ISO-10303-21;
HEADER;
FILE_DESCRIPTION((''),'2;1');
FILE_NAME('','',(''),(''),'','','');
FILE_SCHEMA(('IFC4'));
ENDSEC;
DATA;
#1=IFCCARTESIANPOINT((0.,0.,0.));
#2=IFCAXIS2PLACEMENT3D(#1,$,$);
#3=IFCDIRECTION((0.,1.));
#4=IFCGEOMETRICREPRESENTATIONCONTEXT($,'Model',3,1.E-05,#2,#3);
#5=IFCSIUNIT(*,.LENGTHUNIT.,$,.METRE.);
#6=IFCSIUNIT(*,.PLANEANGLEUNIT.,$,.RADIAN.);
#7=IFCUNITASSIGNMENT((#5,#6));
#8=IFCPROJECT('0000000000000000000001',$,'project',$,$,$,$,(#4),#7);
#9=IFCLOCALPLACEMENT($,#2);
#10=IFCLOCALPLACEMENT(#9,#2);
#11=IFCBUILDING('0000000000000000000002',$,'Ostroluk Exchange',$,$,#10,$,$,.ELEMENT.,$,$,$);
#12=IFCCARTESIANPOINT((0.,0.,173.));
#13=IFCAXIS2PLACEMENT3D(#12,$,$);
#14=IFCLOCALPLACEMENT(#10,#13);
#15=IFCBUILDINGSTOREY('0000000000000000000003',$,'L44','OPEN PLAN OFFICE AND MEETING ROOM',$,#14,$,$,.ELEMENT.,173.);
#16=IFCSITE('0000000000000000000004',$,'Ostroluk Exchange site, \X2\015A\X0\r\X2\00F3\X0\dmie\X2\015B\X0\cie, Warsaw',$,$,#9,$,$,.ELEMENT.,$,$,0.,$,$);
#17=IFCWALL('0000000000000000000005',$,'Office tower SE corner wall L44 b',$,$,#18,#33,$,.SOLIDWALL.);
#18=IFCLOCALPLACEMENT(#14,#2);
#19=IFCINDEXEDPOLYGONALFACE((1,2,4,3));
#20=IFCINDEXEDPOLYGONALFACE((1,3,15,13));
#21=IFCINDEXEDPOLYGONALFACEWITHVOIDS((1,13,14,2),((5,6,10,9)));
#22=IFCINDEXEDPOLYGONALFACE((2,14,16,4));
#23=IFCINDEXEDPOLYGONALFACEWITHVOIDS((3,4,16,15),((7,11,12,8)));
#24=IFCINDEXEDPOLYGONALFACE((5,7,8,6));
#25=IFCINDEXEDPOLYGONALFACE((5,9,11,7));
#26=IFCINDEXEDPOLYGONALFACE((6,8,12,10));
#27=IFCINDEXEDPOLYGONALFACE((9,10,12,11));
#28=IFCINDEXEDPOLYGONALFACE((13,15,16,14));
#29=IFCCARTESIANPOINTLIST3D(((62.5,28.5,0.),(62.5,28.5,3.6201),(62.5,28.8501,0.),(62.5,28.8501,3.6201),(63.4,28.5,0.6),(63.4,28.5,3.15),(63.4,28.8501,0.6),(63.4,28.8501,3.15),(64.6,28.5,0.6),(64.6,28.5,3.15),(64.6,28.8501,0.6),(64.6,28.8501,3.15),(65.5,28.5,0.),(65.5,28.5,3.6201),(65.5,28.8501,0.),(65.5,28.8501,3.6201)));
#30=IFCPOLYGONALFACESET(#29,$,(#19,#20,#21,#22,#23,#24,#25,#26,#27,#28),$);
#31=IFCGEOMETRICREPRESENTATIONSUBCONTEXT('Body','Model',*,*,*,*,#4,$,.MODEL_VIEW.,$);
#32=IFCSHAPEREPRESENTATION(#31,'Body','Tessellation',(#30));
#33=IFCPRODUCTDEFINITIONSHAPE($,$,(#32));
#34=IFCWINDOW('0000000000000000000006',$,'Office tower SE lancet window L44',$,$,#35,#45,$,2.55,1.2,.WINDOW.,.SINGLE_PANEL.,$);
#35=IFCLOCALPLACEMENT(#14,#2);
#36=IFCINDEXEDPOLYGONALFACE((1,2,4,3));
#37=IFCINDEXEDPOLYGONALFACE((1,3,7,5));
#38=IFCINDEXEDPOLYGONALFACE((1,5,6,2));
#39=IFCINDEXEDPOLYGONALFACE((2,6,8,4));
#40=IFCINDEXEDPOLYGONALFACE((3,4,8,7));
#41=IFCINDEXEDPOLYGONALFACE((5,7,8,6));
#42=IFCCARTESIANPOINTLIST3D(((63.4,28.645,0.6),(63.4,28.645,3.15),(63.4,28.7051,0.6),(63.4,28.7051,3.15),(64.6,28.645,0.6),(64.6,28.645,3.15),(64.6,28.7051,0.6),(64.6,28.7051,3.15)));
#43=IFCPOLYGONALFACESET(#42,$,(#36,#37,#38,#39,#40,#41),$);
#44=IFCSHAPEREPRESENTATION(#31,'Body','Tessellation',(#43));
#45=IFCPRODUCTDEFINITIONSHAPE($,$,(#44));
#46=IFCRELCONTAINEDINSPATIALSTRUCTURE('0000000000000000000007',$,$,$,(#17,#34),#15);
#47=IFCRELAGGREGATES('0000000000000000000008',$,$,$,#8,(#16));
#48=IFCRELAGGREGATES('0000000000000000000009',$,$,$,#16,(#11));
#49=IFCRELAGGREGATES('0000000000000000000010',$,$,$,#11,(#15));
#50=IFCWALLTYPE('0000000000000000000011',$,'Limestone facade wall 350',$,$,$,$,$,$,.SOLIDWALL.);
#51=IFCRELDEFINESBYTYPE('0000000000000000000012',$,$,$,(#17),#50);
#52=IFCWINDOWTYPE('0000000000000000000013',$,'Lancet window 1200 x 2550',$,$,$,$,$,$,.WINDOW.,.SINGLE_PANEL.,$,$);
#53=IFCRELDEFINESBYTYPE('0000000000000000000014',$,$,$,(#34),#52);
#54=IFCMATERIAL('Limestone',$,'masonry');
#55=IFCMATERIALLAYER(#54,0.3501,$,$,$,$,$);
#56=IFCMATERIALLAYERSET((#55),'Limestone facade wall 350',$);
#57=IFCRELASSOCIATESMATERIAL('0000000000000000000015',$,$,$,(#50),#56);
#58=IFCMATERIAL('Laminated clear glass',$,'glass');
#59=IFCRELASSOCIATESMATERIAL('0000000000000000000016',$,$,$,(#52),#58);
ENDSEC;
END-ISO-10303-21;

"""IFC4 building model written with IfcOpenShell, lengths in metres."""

from ifc_helpers import new_model, si_unit, direction, frame, frame_2d, origin, place, context, subcontext, project, spatial, rectangle, extrude, material, layer, layer_set, type_object, element, fill, save


model = new_model("IFC4")

# Units and contexts
model_context = context("Model", 3, precision=1e-05, world=origin(), true_north=direction((0.0, 1.0)))
body_context = subcontext(model_context, "Body", "Model", "MODEL_VIEW")
ifc_project = project(units=[si_unit("LENGTHUNIT", "METRE"), si_unit("PLANEANGLEUNIT", "RADIAN")], contexts=[model_context])

# Site, building, storey
site_placement = place(None, origin())
site = spatial("IfcSite", under=ifc_project, at=site_placement, Name="Ostroluk Exchange site, Śródmieście, Warsaw", CompositionType="ELEMENT", RefElevation=0.0)
building_placement = place(site_placement, origin())
building = spatial("IfcBuilding", under=site, at=building_placement, Name="Ostroluk Exchange", CompositionType="ELEMENT")
storey_placement = place(building_placement, frame((0.0, 0.0, 173.0)))
storey = spatial("IfcBuildingStorey", under=building, at=storey_placement, Name="L44", Description="OPEN PLAN OFFICE AND MEETING ROOM", CompositionType="ELEMENT", Elevation=173.0)

# Shared definitions
ifc_material_1 = material(Name="Limestone", Category="masonry")
ifc_layer_1 = layer(ifc_material_1, 0.3501)
ifc_layer_set_1 = layer_set([ifc_layer_1], Name="Limestone facade wall 350")
wall_type = type_object("IfcWallType", Name="Limestone facade wall 350", PredefinedType="SOLIDWALL", material=ifc_layer_set_1)

# Wall, opening, window
wall_1_placement = place(storey_placement, frame((62.5, 28.675, 0.0), z_axis=(0.0, 0.0, 1.0), x_axis=(1.0, 0.0, 0.0)))
wall_1 = element("IfcWall", 1, at=wall_1_placement, inside=storey, type_object=wall_type, Name="Office tower SE corner wall L44 b", PredefinedType="SOLIDWALL", context=body_context, shape_type="SweptSolid", body=[
    extrude(rectangle(XDim=3.0, YDim=0.3501, at=frame_2d((1.5, 0.0))), origin(), (0.0, 0.0, 1.0), 3.6201),
])
opening_1_placement = place(wall_1_placement, frame((0.8999, 0.0, 0.6001)))
opening_1 = element("IfcOpeningElement", 2, at=opening_1_placement, cuts=wall_1, PredefinedType="OPENING", context=body_context, shape_type="SweptSolid", body=[
    extrude(rectangle(XDim=1.2, YDim=2.55, at=frame_2d((0.6001, 1.2749))), frame((0.0, 0.1851, 0.0), z_axis=(0.0, -1.0, 0.0), x_axis=(1.0, 0.0, 0.0)), (0.0, 0.0, 1.0), 0.3701),
])
ifc_material_2 = material(Name="Laminated clear glass", Category="glass")
window_type = type_object("IfcWindowType", Name="Lancet window 1200 x 2550", PartitioningType="SINGLE_PANEL", PredefinedType="WINDOW", material=ifc_material_2)
window_placement = place(opening_1_placement, origin())
window = element("IfcWindow", 3, at=window_placement, inside=storey, type_object=window_type, Name="Office tower SE lancet window L44", OverallHeight=2.55, OverallWidth=1.2, PartitioningType="SINGLE_PANEL", PredefinedType="WINDOW", context=body_context, shape_type="SweptSolid", body=[
    extrude(rectangle(XDim=1.2, YDim=2.55, at=frame_2d((0.6001, 1.2749))), frame((0.0, 0.03, 0.0), z_axis=(0.0, -1.0, 0.0), x_axis=(1.0, 0.0, 0.0)), (0.0, 0.0, 1.0), 0.0601),
])
fill(opening_1, window)

save(model, "model.ifc")
